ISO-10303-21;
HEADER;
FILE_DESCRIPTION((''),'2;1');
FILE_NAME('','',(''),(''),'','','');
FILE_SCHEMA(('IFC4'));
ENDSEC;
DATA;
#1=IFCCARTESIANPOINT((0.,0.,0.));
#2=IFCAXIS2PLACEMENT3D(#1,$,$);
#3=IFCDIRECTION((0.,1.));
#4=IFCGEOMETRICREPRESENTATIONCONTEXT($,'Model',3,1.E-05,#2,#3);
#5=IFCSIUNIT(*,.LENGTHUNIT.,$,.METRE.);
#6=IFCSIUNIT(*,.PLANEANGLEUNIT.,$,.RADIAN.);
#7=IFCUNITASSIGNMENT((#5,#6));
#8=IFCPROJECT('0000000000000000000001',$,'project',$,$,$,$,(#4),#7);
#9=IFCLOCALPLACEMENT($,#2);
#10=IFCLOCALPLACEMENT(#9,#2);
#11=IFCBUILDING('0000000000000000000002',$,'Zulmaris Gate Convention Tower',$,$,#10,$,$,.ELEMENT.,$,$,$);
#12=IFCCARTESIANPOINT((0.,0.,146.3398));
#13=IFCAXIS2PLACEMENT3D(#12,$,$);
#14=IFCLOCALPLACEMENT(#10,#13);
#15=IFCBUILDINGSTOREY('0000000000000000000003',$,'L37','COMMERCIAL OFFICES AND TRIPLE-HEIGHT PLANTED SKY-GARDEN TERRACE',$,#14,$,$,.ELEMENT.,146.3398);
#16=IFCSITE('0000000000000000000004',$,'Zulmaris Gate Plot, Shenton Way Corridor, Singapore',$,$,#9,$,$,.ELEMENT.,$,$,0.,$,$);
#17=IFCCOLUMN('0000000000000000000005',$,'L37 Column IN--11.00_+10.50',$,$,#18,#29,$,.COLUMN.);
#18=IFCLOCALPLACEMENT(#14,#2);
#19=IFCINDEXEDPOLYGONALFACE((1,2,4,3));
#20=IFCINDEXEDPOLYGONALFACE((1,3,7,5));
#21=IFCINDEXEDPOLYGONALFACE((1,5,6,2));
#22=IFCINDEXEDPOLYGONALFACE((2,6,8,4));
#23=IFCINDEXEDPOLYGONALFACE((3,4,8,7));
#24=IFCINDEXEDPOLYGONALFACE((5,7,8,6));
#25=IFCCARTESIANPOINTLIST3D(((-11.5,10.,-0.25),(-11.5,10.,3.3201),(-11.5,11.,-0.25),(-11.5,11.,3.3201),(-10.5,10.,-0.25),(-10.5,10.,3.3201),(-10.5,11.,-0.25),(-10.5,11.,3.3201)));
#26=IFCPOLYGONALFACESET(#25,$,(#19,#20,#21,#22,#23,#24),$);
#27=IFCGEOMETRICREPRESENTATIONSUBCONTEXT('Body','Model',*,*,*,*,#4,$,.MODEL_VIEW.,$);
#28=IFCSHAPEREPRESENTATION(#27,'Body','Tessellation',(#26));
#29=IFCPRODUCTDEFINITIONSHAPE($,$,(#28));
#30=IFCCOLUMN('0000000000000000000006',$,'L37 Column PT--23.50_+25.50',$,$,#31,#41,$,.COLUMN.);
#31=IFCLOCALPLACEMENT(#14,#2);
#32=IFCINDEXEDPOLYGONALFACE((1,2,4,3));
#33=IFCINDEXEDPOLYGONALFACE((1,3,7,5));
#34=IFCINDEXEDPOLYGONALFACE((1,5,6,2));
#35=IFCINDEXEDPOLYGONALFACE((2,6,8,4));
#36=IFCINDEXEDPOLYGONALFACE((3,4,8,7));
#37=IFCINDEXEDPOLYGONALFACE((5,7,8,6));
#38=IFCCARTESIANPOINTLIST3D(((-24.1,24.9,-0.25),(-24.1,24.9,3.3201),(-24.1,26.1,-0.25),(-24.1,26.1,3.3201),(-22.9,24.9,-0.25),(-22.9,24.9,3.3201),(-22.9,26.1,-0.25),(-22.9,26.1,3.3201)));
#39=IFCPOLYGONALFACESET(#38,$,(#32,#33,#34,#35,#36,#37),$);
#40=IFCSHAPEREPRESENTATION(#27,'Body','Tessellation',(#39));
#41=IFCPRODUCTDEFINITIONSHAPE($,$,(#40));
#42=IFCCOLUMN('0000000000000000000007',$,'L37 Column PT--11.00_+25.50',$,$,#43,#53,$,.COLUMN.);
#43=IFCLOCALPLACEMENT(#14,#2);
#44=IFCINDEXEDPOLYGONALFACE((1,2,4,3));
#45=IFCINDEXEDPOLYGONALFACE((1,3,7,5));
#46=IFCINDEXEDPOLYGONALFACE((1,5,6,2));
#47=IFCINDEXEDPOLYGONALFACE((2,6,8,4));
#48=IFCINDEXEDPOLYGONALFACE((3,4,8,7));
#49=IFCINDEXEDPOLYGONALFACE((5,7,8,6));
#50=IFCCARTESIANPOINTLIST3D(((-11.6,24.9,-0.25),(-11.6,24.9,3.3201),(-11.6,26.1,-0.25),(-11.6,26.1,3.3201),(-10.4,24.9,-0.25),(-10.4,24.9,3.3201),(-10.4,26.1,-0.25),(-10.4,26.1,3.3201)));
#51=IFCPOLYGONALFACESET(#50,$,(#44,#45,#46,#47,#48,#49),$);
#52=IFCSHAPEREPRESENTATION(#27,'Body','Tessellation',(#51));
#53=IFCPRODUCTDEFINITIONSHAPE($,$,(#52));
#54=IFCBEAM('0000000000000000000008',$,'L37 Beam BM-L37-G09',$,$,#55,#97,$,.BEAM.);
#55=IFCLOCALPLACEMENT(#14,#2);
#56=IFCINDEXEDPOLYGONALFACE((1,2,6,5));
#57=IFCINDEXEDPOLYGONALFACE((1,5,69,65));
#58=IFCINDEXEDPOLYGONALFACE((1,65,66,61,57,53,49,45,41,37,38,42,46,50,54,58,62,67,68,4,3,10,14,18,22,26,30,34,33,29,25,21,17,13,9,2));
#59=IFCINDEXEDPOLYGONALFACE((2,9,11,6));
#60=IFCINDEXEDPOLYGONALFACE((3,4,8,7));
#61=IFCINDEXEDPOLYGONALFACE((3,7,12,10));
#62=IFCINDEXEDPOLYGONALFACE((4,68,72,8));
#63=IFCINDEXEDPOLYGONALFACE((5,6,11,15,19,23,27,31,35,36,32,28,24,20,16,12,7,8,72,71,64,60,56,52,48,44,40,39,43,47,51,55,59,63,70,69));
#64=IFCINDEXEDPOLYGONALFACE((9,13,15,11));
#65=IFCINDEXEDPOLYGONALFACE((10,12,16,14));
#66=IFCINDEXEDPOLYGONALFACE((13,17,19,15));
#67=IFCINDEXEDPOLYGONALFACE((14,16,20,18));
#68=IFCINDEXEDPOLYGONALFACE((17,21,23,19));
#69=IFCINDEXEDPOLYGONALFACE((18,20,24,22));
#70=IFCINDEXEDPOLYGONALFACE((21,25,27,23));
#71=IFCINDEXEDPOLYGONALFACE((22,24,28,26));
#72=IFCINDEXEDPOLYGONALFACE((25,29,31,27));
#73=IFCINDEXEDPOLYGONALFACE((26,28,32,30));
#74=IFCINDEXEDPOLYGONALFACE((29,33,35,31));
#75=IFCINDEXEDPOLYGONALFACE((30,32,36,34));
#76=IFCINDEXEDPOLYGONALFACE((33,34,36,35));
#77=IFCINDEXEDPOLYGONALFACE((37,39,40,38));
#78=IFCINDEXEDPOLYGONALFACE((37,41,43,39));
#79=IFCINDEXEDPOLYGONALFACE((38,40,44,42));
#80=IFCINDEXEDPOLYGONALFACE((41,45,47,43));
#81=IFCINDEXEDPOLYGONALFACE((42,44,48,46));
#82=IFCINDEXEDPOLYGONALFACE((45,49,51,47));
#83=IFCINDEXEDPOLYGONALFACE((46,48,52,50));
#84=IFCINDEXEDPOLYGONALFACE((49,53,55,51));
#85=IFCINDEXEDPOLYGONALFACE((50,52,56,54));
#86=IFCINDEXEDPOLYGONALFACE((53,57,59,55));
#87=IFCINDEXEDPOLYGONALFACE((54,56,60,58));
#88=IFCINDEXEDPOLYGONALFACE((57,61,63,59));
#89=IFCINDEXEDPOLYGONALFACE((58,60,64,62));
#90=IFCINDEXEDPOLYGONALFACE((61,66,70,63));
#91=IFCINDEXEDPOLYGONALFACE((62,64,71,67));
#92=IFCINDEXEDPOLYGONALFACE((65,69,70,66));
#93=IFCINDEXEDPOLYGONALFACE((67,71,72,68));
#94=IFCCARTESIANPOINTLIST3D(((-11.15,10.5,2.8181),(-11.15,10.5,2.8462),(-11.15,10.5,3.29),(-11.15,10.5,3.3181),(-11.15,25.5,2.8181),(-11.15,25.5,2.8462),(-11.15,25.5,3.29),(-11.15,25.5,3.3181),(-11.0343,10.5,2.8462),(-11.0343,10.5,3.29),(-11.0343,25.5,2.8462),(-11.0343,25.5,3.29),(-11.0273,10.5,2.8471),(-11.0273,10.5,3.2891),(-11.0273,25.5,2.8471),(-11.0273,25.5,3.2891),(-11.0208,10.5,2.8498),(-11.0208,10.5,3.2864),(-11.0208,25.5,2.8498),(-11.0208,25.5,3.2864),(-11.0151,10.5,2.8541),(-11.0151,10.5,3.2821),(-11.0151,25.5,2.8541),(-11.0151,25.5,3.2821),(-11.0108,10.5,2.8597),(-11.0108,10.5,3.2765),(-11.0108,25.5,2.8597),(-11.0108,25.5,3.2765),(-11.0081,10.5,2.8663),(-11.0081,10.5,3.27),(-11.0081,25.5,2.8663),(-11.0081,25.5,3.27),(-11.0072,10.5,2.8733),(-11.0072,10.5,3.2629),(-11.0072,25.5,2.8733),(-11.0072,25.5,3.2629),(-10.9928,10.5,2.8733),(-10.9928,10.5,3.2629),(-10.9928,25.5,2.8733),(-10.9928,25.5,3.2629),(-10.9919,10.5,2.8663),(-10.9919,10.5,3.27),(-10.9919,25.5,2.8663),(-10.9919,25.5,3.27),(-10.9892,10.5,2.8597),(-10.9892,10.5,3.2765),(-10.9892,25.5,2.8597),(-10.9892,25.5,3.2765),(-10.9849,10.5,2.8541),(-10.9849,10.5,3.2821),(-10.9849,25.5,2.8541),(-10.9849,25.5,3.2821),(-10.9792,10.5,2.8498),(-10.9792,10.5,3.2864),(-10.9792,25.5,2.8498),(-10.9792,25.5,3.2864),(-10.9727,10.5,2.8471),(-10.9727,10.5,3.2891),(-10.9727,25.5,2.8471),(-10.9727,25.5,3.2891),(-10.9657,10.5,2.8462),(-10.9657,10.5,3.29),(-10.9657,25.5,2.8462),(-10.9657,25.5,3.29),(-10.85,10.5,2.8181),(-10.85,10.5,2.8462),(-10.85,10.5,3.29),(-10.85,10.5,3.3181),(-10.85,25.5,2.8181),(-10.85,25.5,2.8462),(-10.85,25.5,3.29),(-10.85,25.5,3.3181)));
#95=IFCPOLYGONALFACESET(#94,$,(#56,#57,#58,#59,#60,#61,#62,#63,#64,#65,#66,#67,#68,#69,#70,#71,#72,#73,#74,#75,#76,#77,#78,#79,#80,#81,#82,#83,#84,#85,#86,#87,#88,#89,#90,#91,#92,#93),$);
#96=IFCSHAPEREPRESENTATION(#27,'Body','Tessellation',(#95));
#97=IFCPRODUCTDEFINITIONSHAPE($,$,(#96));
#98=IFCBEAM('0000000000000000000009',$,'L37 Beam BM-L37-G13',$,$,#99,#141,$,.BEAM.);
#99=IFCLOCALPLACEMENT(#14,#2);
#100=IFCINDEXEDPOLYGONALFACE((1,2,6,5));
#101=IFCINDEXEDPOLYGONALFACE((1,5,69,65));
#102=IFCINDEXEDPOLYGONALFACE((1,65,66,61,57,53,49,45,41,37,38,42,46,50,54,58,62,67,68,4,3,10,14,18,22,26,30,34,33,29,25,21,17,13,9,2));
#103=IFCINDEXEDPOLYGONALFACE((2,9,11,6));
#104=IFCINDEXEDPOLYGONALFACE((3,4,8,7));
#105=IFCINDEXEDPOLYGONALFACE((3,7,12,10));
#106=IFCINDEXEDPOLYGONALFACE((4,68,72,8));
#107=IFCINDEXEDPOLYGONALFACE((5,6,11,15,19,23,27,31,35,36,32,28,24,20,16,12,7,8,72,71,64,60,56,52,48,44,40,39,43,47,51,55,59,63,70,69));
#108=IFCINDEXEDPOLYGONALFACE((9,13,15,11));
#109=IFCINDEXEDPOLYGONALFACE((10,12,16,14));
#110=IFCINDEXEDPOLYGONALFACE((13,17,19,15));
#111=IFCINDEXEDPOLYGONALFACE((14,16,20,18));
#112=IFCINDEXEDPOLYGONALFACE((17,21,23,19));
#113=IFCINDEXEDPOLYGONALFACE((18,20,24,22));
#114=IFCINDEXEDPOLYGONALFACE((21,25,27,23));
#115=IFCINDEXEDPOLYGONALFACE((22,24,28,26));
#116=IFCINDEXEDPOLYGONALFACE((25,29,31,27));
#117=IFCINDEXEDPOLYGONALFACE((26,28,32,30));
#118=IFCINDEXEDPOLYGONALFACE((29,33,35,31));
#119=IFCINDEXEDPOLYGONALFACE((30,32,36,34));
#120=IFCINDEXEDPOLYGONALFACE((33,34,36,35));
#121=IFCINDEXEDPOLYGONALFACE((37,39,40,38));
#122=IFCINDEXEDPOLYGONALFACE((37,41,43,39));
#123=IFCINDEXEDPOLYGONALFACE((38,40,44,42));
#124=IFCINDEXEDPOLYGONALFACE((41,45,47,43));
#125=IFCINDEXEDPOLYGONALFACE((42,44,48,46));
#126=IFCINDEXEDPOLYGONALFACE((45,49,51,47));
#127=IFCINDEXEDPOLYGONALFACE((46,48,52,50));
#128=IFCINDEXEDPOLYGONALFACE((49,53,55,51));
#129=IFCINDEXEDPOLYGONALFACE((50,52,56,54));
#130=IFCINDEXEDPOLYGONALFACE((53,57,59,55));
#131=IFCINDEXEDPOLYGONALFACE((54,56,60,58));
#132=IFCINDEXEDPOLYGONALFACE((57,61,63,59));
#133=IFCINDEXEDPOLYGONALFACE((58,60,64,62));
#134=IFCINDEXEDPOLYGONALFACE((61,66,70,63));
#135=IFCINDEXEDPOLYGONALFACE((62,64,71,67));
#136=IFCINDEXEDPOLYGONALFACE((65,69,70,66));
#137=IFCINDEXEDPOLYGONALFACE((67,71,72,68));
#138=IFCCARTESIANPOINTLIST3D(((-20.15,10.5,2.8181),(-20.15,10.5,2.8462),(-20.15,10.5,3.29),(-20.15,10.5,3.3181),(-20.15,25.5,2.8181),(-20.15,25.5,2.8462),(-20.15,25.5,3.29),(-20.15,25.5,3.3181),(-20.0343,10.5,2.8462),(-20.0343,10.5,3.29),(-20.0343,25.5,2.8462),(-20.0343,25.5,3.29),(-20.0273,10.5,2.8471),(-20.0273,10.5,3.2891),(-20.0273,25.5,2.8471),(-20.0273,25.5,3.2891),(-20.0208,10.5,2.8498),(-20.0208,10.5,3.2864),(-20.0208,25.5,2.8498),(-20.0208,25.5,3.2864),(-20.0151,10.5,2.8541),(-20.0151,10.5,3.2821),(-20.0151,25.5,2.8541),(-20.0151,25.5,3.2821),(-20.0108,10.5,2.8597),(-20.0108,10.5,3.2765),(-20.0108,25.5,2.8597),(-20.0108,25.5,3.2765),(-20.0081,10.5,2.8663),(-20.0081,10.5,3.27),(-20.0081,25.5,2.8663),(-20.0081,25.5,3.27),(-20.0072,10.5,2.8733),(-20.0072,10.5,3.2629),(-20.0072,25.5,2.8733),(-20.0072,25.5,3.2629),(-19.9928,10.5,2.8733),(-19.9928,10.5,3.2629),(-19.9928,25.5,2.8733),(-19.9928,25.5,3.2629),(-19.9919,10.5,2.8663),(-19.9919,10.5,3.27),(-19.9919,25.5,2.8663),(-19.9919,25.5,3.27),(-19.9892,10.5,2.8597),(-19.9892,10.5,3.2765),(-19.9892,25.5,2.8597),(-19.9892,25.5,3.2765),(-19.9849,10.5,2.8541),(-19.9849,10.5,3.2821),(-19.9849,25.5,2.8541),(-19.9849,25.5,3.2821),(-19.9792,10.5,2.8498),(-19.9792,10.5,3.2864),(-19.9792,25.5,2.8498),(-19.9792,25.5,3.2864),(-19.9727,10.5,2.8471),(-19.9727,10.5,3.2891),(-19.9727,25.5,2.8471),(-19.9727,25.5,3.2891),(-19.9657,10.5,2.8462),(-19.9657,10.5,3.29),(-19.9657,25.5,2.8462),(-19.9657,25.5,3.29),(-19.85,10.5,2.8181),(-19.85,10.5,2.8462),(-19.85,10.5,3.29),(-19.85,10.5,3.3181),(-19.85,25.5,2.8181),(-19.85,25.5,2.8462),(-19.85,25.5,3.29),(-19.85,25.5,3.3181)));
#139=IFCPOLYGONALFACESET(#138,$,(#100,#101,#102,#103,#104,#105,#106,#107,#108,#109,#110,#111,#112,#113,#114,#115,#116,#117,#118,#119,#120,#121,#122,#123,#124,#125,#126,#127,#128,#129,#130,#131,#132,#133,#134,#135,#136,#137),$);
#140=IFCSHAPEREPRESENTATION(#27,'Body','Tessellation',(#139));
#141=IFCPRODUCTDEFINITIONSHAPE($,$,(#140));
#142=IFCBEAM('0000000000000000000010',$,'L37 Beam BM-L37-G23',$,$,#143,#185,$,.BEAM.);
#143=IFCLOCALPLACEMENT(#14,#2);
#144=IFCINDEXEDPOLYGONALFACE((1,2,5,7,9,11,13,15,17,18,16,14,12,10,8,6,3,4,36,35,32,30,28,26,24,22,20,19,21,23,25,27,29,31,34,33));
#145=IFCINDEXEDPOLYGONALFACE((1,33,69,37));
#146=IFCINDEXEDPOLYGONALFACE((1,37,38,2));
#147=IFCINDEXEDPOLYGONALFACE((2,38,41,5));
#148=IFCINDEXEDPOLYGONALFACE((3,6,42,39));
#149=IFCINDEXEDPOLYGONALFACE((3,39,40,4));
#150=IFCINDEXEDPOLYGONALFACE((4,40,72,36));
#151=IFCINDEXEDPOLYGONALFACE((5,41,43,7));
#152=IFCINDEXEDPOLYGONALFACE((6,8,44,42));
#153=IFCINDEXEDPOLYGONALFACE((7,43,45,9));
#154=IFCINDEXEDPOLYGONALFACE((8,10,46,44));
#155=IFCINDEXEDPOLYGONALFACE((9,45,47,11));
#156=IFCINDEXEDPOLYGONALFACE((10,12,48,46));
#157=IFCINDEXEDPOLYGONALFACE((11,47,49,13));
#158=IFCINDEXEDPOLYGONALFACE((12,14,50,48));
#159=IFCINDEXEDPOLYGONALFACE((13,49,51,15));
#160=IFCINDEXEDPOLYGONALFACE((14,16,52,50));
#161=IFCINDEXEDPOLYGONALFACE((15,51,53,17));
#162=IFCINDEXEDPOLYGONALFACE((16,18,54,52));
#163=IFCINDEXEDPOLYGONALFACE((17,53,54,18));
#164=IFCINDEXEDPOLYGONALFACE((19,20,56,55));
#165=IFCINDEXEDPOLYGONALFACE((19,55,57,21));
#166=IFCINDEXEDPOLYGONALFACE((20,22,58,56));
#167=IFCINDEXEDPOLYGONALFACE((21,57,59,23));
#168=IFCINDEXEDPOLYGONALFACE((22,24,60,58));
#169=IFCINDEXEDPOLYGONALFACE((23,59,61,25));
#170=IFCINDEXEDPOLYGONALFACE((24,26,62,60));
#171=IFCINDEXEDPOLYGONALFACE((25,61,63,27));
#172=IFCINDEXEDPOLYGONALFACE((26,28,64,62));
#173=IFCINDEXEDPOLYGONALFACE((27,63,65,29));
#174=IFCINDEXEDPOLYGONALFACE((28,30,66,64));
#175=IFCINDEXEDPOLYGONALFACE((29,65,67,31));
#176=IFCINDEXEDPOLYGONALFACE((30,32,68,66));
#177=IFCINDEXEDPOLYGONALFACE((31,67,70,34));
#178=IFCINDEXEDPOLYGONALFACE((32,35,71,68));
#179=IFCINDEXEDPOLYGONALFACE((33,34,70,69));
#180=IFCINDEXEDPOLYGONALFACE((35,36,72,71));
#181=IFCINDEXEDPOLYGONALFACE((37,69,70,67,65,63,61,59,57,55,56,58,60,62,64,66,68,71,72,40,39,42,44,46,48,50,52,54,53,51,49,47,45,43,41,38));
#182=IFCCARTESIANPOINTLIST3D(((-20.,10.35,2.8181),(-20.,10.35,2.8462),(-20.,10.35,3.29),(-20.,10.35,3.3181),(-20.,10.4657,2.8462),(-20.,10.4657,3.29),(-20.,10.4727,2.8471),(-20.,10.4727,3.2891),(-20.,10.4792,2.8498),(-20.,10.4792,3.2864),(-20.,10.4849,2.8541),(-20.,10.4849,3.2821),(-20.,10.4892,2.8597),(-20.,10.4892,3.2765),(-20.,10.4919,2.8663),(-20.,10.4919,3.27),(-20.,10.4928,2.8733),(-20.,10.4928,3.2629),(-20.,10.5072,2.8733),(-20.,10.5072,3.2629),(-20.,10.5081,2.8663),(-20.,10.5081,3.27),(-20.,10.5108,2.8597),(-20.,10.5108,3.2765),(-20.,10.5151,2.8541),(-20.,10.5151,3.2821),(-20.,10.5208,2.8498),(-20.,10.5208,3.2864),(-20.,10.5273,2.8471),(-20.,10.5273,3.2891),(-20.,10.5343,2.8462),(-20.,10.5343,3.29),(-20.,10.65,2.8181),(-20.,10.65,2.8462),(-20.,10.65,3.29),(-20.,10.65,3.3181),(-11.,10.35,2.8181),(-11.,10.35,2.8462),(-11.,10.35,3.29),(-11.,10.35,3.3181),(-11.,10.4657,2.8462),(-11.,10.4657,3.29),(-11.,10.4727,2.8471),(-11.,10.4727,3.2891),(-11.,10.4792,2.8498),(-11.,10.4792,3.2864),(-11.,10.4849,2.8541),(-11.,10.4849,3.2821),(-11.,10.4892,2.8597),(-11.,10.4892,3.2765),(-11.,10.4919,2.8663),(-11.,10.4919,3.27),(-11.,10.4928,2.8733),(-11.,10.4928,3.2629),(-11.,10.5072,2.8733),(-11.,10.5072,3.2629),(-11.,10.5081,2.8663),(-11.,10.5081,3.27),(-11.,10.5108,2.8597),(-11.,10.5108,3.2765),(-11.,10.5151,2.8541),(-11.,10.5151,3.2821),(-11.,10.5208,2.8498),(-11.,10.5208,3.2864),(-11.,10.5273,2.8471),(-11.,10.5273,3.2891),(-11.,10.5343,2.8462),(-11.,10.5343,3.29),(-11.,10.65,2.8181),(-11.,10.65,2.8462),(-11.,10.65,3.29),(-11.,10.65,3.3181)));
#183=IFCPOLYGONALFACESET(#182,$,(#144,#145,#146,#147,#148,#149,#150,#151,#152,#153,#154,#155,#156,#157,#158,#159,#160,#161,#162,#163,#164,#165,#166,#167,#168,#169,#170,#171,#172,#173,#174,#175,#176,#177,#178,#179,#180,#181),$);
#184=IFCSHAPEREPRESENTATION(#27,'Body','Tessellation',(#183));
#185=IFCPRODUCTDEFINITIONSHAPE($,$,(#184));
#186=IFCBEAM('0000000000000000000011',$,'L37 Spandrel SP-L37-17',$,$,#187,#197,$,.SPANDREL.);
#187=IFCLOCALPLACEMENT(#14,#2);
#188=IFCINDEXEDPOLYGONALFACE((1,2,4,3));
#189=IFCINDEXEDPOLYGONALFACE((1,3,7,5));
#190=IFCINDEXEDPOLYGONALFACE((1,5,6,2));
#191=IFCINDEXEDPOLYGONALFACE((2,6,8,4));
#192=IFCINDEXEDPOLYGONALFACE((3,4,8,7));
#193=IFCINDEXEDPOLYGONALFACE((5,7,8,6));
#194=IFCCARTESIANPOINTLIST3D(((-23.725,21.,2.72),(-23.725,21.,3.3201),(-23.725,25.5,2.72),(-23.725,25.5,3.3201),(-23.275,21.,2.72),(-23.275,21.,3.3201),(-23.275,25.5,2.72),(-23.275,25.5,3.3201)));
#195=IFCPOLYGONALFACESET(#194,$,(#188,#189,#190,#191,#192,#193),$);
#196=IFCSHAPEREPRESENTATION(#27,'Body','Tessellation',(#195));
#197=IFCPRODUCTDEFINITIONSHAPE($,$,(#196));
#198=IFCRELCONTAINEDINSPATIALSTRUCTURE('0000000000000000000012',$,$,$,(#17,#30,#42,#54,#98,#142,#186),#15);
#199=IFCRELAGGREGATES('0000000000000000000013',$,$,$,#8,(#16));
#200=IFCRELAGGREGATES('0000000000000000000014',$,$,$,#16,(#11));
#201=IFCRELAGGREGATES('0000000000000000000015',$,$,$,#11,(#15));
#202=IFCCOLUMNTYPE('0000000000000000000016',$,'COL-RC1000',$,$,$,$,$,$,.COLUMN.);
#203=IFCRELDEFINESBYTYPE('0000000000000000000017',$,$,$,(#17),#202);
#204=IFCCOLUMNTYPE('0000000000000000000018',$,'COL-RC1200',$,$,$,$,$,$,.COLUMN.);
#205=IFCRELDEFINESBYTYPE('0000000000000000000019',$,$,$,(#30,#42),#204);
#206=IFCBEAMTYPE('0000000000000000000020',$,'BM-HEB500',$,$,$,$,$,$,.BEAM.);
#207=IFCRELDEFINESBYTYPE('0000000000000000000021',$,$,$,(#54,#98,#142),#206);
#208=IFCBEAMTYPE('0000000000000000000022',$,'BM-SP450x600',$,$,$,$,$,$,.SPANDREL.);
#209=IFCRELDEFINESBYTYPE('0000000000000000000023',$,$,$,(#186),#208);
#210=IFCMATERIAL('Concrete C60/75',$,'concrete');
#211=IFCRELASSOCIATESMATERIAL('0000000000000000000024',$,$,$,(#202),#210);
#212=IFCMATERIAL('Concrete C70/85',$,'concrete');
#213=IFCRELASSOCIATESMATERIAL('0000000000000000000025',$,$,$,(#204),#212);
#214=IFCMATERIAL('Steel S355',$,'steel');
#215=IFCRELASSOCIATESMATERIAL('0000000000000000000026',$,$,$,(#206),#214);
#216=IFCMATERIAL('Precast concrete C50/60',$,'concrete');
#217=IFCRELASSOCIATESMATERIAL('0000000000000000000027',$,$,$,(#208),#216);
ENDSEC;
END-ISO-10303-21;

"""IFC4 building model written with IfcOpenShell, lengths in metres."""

from ifc_helpers import new_model, si_unit, direction, frame, origin, origin_2d, place, context, subcontext, project, spatial, rectangle, i_section, extrude, material, material_profile, profile_set, type_object, element, save


model = new_model("IFC4")

# Units and contexts
model_context = context("Model", 3, precision=1e-05, world=origin(), true_north=direction((0.0, 1.0)))
body_context = subcontext(model_context, "Body", "Model", "MODEL_VIEW")
ifc_project = project(units=[si_unit("LENGTHUNIT", "METRE"), si_unit("PLANEANGLEUNIT", "RADIAN")], contexts=[model_context])

# Site, building, storey
site_placement = place(None, origin())
site = spatial("IfcSite", under=ifc_project, at=site_placement, Name="Zulmaris Gate Plot, Shenton Way Corridor, Singapore", CompositionType="ELEMENT", RefElevation=0.0)
building_placement = place(site_placement, origin())
building = spatial("IfcBuilding", under=site, at=building_placement, Name="Zulmaris Gate Convention Tower", CompositionType="ELEMENT")
storey_placement = place(building_placement, frame((0.0, 0.0, 146.3398)))
storey = spatial("IfcBuildingStorey", under=building, at=storey_placement, Name="L37", Description="COMMERCIAL OFFICES AND TRIPLE-HEIGHT PLANTED SKY-GARDEN TERRACE", CompositionType="ELEMENT", Elevation=146.3398)

# Columns
ifc_material_1 = material(Name="Concrete C60/75", Category="concrete")
ifc_material_profile_1 = material_profile(ifc_material_1, rectangle(XDim=1.0, YDim=1.0, at=origin_2d()), Name="RC COL 1000x1000")
ifc_profile_set_1 = profile_set([ifc_material_profile_1], Name="Concrete C60/75")
column_type_1 = type_object("IfcColumnType", Name="COL-RC1000", PredefinedType="COLUMN", material=ifc_profile_set_1)
column_placement = place(storey_placement, frame((-11.0, 10.5, -0.25), z_axis=(0.0, 0.0, 1.0), x_axis=(1.0, 0.0, 0.0)))
element("IfcColumn", 1, at=column_placement, inside=storey, type_object=column_type_1, Name="L37 Column IN--11.00_+10.50", PredefinedType="COLUMN", context=body_context, shape_type="SweptSolid", body=[
    extrude(rectangle(XDim=1.0, YDim=1.0, at=origin_2d()), origin(), (0.0, 0.0, 1.0), 3.5701),
])
ifc_material_2 = material(Name="Concrete C70/85", Category="concrete")
ifc_material_profile_2 = material_profile(ifc_material_2, rectangle(XDim=1.2, YDim=1.2, at=origin_2d()), Name="RC COL 1200x1200")
ifc_profile_set_2 = profile_set([ifc_material_profile_2], Name="Concrete C70/85")
column_type_2 = type_object("IfcColumnType", Name="COL-RC1200", PredefinedType="COLUMN", material=ifc_profile_set_2)
for number, where, z_axis, x_axis, name in (
    (2, (-23.5, 25.5, -0.25), (0.0, 0.0, 1.0), (1.0, 0.0, 0.0), "L37 Column PT--23.50_+25.50"),
    (3, (-11.0, 25.5, -0.25), (0.0, 0.0, 1.0), (1.0, 0.0, 0.0), "L37 Column PT--11.00_+25.50"),
):
    element("IfcColumn", number, at=place(storey_placement, frame(where, z_axis=z_axis, x_axis=x_axis)), inside=storey, type_object=column_type_2, Name=name, PredefinedType="COLUMN", context=body_context, shape_type="SweptSolid", body=[
        extrude(rectangle(XDim=1.2, YDim=1.2, at=origin_2d()), origin(), (0.0, 0.0, 1.0), 3.5701),
    ])

# Beams
ifc_material_3 = material(Name="Steel S355", Category="steel")
ifc_material_profile_3 = material_profile(ifc_material_3, i_section(OverallWidth=0.3, OverallDepth=0.5, WebThickness=0.0144, FlangeThickness=0.0281, FilletRadius=0.0271, at=origin_2d()), Name="HEB 500")
ifc_profile_set_3 = profile_set([ifc_material_profile_3], Name="Steel S355")
beam_type_1 = type_object("IfcBeamType", Name="BM-HEB500", PredefinedType="BEAM", material=ifc_profile_set_3)
for number, where, z_axis, x_axis, name in (
    (4, (-11.0, 10.5, 3.0681), (0.0, 1.0, 0.0), (-1.0, 0.0, 0.0), "L37 Beam BM-L37-G09"),
    (5, (-20.0, 10.5, 3.0681), (0.0, 1.0, 0.0), (-1.0, 0.0, 0.0), "L37 Beam BM-L37-G13"),
):
    element("IfcBeam", number, at=place(storey_placement, frame(where, z_axis=z_axis, x_axis=x_axis)), inside=storey, type_object=beam_type_1, Name=name, PredefinedType="BEAM", context=body_context, shape_type="SweptSolid", body=[
        extrude(i_section(OverallWidth=0.3, OverallDepth=0.5, WebThickness=0.0144, FlangeThickness=0.0281, FilletRadius=0.0271, at=origin_2d()), origin(), (0.0, 0.0, 1.0), 15.0),
    ])
beam_placement = place(storey_placement, frame((-20.0, 10.5, 3.0681), z_axis=(1.0, 0.0, 0.0), x_axis=(0.0, 1.0, 0.0)))
element("IfcBeam", 6, at=beam_placement, inside=storey, type_object=beam_type_1, Name="L37 Beam BM-L37-G23", PredefinedType="BEAM", context=body_context, shape_type="SweptSolid", body=[
    extrude(i_section(OverallWidth=0.3, OverallDepth=0.5, WebThickness=0.0144, FlangeThickness=0.0281, FilletRadius=0.0271, at=origin_2d()), origin(), (0.0, 0.0, 1.0), 9.0),
])
ifc_material_4 = material(Name="Precast concrete C50/60", Category="concrete")
ifc_material_profile_4 = material_profile(ifc_material_4, rectangle(XDim=0.45, YDim=0.6001, at=origin_2d()), Name="RC SPANDREL 450x600")
ifc_profile_set_4 = profile_set([ifc_material_profile_4], Name="Precast concrete C50/60")
beam_type_2 = type_object("IfcBeamType", Name="BM-SP450x600", PredefinedType="SPANDREL", material=ifc_profile_set_4)
for number, where, z_axis, x_axis, name in (
    (7, (-23.5, 25.5, 3.02), (0.0, -1.0, 0.0), (1.0, 0.0, 0.0), "L37 Spandrel SP-L37-17"),
):
    element("IfcBeam", number, at=place(storey_placement, frame(where, z_axis=z_axis, x_axis=x_axis)), inside=storey, type_object=beam_type_2, Name=name, PredefinedType="SPANDREL", context=body_context, shape_type="SweptSolid", body=[
        extrude(rectangle(XDim=0.45, YDim=0.6001, at=origin_2d()), origin(), (0.0, 0.0, 1.0), 4.5),
    ])

save(model, "model.ifc")
